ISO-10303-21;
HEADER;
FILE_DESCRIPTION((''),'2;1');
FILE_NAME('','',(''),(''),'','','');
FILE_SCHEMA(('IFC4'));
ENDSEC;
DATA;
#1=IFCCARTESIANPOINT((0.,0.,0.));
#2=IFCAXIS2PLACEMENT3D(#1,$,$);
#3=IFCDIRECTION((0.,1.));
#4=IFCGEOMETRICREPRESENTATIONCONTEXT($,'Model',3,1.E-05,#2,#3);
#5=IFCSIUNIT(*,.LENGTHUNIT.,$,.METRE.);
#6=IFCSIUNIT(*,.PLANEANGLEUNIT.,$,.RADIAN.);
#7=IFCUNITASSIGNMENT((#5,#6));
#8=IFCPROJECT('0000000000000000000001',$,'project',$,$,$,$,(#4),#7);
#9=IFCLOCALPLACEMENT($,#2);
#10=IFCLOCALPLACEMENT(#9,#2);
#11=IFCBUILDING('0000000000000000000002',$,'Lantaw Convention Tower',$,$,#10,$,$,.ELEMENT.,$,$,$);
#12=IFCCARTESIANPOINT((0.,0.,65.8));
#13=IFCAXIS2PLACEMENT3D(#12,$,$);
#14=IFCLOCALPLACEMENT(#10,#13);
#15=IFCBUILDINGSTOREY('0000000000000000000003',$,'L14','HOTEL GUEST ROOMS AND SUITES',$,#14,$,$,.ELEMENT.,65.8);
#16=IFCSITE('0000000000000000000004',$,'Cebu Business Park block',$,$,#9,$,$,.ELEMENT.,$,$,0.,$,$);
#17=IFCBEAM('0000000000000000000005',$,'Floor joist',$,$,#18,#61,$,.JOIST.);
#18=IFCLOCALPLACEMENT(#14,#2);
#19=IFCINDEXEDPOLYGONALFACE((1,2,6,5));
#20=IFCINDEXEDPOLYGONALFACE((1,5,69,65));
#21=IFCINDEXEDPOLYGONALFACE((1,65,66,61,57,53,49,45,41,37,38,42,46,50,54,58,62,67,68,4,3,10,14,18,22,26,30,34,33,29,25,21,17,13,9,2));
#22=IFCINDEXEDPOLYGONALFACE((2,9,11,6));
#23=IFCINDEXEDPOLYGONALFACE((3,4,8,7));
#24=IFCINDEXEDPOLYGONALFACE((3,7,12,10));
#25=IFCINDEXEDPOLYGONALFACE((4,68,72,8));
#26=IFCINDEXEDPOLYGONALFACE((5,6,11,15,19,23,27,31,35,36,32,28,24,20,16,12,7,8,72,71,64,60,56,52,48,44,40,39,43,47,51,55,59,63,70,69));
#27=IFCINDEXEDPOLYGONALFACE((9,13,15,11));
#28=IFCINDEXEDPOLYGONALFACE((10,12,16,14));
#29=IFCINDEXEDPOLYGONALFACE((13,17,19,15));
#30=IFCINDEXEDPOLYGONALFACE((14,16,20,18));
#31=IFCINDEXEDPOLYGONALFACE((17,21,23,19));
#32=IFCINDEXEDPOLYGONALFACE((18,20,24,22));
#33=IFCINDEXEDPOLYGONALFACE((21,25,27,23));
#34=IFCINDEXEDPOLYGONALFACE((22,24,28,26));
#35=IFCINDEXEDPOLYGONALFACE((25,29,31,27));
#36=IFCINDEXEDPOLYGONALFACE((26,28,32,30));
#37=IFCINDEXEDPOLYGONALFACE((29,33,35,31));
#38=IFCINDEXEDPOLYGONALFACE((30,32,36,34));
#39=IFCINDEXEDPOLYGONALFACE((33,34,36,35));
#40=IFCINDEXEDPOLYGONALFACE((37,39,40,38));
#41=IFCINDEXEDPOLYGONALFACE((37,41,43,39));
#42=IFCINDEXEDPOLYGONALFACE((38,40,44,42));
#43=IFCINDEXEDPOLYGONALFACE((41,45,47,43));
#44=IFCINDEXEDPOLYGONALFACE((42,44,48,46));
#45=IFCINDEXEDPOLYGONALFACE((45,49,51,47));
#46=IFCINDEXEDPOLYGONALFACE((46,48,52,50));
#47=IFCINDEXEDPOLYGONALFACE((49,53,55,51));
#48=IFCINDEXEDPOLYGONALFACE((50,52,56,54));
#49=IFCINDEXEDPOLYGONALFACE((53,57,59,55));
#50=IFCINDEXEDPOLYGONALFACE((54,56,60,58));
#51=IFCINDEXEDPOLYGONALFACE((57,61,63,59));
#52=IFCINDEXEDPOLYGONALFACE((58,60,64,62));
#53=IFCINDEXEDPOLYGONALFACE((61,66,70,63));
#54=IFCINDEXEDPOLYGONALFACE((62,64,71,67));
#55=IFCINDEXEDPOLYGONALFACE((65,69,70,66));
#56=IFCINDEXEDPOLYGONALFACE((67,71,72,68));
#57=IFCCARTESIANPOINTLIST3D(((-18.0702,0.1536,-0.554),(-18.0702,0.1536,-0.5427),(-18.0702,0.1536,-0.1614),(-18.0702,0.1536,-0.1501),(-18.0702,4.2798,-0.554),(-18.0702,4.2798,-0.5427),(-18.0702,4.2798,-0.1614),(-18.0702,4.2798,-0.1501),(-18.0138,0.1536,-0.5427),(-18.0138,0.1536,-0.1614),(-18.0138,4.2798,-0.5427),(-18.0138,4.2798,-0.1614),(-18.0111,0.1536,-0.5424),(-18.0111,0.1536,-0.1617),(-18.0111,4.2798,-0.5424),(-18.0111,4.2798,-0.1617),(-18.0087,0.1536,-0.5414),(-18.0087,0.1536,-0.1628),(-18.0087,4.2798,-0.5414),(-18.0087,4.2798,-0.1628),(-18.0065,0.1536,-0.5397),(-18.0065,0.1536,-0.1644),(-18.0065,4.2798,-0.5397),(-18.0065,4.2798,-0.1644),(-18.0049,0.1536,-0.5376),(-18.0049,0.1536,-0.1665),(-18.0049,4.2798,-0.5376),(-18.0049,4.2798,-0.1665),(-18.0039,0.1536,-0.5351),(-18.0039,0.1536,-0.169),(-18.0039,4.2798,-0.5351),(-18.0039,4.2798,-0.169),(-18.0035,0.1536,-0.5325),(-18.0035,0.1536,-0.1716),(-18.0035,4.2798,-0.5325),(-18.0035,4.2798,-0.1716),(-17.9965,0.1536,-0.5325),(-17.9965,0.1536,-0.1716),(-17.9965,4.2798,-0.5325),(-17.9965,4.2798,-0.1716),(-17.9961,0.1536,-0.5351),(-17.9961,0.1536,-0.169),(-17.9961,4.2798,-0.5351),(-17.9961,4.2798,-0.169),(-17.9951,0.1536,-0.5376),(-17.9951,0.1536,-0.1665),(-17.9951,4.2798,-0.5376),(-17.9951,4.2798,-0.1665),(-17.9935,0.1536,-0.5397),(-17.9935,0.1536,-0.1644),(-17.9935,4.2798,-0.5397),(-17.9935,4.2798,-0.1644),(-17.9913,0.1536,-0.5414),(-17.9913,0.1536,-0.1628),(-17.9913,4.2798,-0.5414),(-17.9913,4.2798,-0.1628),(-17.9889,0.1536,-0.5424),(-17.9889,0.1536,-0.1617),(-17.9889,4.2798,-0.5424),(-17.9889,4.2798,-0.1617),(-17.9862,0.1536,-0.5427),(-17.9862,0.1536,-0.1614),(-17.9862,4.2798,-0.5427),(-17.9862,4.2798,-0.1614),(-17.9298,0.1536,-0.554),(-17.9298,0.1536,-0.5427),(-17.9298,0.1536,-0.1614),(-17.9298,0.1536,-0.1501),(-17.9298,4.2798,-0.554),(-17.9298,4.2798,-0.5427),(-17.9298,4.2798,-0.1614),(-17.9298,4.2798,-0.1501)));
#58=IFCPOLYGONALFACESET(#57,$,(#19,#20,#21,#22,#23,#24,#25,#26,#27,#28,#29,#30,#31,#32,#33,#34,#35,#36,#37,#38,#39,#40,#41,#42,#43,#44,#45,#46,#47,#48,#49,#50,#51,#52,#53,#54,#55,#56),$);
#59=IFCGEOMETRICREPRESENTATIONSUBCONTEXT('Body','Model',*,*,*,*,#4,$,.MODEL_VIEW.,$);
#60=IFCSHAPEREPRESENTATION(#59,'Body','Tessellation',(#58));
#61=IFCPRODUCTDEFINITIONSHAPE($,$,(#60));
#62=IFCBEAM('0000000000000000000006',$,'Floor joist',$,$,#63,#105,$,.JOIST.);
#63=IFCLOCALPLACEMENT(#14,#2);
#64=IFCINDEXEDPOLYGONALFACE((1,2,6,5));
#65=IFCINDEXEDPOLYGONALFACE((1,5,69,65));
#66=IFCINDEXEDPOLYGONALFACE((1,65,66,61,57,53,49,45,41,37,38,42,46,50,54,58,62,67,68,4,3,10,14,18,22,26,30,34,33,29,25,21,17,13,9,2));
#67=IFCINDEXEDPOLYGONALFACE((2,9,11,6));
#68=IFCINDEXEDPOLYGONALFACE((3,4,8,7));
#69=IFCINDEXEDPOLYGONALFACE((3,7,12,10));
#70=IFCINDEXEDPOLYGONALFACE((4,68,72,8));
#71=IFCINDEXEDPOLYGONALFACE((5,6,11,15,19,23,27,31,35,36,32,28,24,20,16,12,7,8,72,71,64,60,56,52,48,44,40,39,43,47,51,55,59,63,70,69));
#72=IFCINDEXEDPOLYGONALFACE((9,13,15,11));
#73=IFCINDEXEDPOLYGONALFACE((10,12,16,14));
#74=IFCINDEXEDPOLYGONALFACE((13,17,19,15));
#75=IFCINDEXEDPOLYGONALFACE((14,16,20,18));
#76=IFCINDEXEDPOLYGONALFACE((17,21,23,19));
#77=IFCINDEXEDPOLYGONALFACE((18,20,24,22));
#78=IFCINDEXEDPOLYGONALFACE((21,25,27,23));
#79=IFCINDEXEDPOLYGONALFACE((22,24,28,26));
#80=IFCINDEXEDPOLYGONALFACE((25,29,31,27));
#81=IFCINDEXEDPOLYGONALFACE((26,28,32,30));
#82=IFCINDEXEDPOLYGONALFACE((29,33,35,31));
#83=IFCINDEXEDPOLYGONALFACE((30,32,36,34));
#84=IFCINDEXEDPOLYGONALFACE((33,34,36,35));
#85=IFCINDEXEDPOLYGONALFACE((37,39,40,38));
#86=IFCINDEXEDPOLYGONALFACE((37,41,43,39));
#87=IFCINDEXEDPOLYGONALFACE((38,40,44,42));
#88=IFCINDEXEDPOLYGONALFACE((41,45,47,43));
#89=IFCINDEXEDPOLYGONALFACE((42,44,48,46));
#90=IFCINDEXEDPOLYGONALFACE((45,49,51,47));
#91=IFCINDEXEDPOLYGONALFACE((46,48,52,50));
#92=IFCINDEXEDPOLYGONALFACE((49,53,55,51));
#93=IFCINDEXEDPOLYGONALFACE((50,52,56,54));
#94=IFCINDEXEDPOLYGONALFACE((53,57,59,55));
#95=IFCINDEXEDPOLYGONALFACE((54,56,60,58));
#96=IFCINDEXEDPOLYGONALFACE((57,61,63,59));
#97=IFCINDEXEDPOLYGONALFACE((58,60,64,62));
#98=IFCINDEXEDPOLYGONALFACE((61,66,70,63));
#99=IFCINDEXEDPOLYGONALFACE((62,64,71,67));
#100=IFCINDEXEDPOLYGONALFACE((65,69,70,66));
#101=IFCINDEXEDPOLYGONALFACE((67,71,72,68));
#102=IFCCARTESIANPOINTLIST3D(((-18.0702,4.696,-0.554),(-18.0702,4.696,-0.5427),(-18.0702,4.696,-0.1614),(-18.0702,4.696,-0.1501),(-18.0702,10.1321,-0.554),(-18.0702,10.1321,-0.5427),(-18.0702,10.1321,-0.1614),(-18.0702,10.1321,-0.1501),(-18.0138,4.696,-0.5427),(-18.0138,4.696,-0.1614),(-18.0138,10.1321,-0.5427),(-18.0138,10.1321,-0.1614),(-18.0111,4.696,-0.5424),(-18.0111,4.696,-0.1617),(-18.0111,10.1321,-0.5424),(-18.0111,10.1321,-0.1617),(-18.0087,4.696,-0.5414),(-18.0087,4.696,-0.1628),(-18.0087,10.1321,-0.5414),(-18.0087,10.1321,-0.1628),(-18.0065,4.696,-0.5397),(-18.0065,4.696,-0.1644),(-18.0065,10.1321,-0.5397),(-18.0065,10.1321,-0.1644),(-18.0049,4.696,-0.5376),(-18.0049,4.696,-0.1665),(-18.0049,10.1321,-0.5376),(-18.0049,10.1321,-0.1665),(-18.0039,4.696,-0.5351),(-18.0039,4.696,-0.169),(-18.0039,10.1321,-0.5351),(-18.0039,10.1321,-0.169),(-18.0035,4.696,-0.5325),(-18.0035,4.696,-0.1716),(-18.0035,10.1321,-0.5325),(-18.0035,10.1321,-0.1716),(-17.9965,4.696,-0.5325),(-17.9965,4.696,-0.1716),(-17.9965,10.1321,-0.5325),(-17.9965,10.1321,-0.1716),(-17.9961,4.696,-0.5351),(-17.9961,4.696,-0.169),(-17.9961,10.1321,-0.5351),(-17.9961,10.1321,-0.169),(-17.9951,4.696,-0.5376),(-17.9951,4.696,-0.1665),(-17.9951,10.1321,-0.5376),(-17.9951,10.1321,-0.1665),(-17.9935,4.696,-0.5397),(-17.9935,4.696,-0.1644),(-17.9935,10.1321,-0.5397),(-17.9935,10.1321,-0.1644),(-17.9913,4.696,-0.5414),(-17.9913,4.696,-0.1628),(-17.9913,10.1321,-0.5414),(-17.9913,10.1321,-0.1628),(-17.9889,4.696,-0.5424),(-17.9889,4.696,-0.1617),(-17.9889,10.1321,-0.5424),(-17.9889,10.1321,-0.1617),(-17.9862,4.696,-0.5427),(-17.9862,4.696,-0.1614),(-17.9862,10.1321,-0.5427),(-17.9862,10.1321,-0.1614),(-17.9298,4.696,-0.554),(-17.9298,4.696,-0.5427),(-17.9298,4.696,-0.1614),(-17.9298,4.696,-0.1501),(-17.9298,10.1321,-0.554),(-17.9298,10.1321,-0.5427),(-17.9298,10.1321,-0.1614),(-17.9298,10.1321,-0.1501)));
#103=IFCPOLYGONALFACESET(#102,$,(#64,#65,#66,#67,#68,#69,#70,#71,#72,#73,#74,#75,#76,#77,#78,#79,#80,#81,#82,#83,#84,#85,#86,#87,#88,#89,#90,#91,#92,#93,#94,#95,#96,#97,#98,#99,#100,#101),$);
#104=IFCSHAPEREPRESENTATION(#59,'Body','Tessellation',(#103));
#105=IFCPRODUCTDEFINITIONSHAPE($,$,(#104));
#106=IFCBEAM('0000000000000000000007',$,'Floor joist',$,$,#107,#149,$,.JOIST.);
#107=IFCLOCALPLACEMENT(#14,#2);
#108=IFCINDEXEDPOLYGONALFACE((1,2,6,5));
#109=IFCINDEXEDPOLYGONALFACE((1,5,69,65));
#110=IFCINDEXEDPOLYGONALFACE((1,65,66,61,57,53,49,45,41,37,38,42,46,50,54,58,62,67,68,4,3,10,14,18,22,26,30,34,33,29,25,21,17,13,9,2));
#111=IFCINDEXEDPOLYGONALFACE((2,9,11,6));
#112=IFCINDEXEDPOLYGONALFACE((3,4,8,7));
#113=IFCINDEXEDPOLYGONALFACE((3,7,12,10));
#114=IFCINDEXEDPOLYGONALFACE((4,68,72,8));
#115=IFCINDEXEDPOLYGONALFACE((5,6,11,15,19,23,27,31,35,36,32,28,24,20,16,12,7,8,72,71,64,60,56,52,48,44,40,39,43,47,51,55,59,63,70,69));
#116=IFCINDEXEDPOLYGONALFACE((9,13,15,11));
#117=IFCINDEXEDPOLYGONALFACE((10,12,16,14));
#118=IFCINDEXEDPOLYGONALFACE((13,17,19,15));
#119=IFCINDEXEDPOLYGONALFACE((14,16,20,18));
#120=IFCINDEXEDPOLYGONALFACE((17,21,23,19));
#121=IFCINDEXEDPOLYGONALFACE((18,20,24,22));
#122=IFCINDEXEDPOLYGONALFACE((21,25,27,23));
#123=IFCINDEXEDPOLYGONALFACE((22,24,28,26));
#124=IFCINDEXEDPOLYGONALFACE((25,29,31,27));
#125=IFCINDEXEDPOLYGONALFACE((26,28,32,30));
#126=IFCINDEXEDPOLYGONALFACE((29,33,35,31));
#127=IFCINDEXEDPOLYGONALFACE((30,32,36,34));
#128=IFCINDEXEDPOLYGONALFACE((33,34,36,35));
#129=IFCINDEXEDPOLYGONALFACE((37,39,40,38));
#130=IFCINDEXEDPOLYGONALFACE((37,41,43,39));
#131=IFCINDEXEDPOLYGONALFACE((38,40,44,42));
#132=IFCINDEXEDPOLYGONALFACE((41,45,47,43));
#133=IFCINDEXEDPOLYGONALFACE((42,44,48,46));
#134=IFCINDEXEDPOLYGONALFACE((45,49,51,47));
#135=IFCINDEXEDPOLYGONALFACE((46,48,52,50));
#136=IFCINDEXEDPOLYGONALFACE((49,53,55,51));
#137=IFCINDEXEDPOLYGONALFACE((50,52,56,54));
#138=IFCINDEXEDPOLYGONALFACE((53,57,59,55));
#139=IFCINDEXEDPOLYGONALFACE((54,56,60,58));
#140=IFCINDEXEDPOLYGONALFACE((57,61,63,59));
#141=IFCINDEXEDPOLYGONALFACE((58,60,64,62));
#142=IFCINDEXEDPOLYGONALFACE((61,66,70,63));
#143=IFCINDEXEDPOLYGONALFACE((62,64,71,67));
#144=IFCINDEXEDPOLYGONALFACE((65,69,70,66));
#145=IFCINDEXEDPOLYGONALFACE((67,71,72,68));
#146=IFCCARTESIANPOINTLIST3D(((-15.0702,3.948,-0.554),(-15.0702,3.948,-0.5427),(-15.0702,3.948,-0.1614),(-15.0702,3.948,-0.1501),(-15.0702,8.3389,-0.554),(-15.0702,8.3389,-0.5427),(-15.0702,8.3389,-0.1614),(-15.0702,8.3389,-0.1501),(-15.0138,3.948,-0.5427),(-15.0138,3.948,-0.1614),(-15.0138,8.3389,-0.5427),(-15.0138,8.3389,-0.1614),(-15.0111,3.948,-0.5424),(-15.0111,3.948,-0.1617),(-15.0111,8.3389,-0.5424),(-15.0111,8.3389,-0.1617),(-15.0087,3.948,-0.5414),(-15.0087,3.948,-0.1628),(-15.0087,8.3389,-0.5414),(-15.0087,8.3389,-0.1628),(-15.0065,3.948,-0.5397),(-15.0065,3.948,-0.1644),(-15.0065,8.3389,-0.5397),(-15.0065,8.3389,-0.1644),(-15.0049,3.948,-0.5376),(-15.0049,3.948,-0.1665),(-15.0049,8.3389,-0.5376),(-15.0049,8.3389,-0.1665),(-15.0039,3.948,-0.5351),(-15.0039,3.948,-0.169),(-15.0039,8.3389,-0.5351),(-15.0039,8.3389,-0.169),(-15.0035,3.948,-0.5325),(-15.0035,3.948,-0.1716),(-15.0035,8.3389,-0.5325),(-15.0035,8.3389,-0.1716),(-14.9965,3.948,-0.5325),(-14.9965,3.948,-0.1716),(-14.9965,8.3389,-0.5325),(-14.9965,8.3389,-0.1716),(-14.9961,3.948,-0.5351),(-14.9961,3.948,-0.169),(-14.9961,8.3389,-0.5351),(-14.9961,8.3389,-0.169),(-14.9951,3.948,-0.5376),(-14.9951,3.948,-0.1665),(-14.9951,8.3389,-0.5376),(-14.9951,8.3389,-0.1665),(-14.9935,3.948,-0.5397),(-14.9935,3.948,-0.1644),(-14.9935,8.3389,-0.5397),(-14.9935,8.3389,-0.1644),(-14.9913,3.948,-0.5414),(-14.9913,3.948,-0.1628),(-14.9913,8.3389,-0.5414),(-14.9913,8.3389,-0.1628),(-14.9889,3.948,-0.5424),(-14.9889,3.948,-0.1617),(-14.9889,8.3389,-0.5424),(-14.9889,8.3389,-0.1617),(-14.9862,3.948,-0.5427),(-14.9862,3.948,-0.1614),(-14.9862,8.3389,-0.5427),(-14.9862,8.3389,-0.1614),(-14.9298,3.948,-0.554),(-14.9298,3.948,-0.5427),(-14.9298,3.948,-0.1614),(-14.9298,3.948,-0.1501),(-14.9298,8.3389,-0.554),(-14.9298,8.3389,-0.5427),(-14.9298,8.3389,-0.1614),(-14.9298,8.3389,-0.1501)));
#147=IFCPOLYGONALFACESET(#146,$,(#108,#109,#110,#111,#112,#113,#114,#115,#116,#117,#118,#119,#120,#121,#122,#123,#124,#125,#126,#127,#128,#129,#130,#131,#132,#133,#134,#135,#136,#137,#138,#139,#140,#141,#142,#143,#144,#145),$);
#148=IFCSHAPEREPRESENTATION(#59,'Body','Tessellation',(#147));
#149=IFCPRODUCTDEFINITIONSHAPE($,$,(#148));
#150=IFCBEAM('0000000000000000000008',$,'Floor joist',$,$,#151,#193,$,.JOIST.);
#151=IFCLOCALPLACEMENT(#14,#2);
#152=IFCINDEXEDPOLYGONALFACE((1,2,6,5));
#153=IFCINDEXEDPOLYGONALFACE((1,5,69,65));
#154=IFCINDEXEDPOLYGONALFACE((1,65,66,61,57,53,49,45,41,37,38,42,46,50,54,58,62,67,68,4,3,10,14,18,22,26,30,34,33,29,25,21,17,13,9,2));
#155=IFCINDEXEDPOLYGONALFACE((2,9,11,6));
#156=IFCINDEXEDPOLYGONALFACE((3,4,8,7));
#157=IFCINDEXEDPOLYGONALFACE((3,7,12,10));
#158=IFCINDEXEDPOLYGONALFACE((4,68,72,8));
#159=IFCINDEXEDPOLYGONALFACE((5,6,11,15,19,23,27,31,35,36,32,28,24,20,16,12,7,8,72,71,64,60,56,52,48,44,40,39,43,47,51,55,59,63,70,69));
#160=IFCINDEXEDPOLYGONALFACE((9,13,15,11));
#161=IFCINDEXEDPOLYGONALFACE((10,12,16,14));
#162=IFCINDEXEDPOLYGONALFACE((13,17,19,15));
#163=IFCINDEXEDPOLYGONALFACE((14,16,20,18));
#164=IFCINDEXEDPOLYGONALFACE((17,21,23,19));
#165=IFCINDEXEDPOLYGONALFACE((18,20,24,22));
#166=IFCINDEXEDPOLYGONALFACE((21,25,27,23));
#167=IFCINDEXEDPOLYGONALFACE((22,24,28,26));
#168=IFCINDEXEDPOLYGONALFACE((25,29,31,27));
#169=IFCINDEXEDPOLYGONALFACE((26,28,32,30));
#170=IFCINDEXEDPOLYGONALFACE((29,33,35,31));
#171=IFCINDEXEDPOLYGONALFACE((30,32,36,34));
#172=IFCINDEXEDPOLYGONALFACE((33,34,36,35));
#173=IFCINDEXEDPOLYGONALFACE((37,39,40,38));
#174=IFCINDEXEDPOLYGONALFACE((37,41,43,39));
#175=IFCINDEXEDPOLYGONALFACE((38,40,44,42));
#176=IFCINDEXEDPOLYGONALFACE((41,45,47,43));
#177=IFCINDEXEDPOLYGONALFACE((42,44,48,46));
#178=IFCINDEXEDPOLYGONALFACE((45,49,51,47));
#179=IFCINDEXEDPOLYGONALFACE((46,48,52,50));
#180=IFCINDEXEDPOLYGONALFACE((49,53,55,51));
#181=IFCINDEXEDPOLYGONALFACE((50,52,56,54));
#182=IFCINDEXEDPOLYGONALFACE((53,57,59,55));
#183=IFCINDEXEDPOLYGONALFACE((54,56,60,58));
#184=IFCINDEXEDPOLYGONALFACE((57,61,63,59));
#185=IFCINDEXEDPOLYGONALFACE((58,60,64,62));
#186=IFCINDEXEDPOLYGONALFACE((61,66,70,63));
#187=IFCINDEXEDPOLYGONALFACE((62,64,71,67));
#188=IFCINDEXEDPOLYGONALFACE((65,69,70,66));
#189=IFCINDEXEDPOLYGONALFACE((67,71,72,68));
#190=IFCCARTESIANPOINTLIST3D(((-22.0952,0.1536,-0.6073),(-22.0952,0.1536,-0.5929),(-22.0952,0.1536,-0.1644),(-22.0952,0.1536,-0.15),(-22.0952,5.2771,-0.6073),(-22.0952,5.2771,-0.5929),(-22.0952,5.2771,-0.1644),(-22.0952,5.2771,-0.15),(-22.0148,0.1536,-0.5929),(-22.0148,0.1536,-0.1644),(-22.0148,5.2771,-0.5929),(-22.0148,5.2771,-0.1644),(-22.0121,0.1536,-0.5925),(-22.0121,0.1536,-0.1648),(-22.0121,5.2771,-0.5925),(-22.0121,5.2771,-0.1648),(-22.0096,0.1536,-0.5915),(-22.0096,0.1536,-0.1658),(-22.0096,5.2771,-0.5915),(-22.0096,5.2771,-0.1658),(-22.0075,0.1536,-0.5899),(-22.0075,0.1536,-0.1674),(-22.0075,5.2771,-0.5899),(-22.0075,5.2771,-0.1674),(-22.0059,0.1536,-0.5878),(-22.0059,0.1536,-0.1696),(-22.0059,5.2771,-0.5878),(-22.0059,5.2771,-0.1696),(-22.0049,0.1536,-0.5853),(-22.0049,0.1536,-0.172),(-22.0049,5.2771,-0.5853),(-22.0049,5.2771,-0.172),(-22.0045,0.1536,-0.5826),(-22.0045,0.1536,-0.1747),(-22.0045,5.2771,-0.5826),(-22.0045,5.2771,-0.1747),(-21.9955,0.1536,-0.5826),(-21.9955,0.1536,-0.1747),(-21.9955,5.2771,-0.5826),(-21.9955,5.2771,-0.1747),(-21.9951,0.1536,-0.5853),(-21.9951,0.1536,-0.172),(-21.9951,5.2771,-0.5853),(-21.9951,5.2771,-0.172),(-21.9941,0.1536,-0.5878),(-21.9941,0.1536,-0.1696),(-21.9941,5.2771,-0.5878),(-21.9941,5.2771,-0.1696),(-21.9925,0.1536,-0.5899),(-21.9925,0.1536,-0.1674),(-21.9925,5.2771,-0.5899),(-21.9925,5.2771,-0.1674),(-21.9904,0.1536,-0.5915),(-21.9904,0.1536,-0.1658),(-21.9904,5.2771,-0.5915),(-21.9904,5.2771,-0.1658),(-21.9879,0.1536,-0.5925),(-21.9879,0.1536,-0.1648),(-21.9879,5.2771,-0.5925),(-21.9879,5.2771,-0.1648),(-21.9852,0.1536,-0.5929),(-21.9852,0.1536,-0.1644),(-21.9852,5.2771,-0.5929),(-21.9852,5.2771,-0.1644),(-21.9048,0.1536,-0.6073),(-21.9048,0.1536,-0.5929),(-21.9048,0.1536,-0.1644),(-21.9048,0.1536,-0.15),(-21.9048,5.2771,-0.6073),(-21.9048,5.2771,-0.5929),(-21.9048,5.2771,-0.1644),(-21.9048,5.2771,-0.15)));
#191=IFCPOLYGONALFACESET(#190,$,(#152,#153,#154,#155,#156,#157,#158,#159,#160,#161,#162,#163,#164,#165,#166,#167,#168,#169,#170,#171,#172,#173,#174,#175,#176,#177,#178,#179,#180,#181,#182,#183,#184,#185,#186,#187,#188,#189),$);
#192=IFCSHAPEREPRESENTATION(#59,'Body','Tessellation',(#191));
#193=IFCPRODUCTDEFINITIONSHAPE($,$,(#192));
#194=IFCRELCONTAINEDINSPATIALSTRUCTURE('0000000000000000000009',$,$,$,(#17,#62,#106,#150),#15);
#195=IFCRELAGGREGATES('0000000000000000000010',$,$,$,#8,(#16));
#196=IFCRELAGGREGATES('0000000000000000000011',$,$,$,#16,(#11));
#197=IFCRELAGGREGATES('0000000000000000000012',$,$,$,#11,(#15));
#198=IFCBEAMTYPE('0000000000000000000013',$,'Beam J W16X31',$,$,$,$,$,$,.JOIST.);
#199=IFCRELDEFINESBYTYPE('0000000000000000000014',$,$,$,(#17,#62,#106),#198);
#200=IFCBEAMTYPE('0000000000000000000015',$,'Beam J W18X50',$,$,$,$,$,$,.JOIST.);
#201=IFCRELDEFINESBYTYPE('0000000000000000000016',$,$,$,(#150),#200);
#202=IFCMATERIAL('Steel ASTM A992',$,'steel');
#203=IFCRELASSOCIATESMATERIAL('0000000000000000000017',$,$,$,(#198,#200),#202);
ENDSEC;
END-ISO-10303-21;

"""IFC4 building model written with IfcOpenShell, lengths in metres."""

from ifc_helpers import new_model, si_unit, direction, frame, origin, origin_2d, place, context, subcontext, project, spatial, i_section, extrude, material, material_profile, profile_set, type_object, element, save


model = new_model("IFC4")

# Units and contexts
model_context = context("Model", 3, precision=1e-05, world=origin(), true_north=direction((0.0, 1.0)))
body_context = subcontext(model_context, "Body", "Model", "MODEL_VIEW")
ifc_project = project(units=[si_unit("LENGTHUNIT", "METRE"), si_unit("PLANEANGLEUNIT", "RADIAN")], contexts=[model_context])

# Site, building, storey
site_placement = place(None, origin())
site = spatial("IfcSite", under=ifc_project, at=site_placement, Name="Cebu Business Park block", CompositionType="ELEMENT", RefElevation=0.0)
building_placement = place(site_placement, origin())
building = spatial("IfcBuilding", under=site, at=building_placement, Name="Lantaw Convention Tower", CompositionType="ELEMENT")
storey_placement = place(building_placement, frame((0.0, 0.0, 65.8)))
storey = spatial("IfcBuildingStorey", under=building, at=storey_placement, Name="L14", Description="HOTEL GUEST ROOMS AND SUITES", CompositionType="ELEMENT", Elevation=65.8)

# Beams
ifc_material_1 = material(Name="Steel ASTM A992", Category="steel")
ifc_material_profile_1 = material_profile(ifc_material_1, i_section(OverallWidth=0.1404, OverallDepth=0.4038, WebThickness=0.0071, FlangeThickness=0.0112, FilletRadius=0.0103, at=origin_2d()), Name="W16X31")
ifc_profile_set_1 = profile_set([ifc_material_profile_1], Name="Steel ASTM A992")
beam_type_1 = type_object("IfcBeamType", Name="Beam J W16X31", PredefinedType="JOIST", material=ifc_profile_set_1)
beam_1_placement = place(storey_placement, frame((-18.0, 0.1536, -0.3521), z_axis=(0.0, 1.0, 0.0), x_axis=(-1.0, 0.0, 0.0)))
element("IfcBeam", 1, at=beam_1_placement, inside=storey, type_object=beam_type_1, Name="Floor joist", PredefinedType="JOIST", context=body_context, shape_type="SweptSolid", body=[
    extrude(i_section(OverallWidth=0.1404, OverallDepth=0.4038, WebThickness=0.0071, FlangeThickness=0.0112, FilletRadius=0.0103, at=origin_2d()), origin(), (0.0, 0.0, 1.0), 4.1262),
])
beam_2_placement = place(storey_placement, frame((-18.0, 4.696, -0.3521), z_axis=(0.0, 1.0, 0.0), x_axis=(-1.0, 0.0, 0.0)))
element("IfcBeam", 2, at=beam_2_placement, inside=storey, type_object=beam_type_1, Name="Floor joist", PredefinedType="JOIST", context=body_context, shape_type="SweptSolid", body=[
    extrude(i_section(OverallWidth=0.1404, OverallDepth=0.4038, WebThickness=0.0071, FlangeThickness=0.0112, FilletRadius=0.0103, at=origin_2d()), origin(), (0.0, 0.0, 1.0), 5.436),
])
beam_3_placement = place(storey_placement, frame((-15.0, 3.948, -0.3521), z_axis=(0.0, 1.0, 0.0), x_axis=(-1.0, 0.0, 0.0)))
element("IfcBeam", 3, at=beam_3_placement, inside=storey, type_object=beam_type_1, Name="Floor joist", PredefinedType="JOIST", context=body_context, shape_type="SweptSolid", body=[
    extrude(i_section(OverallWidth=0.1404, OverallDepth=0.4038, WebThickness=0.0071, FlangeThickness=0.0112, FilletRadius=0.0103, at=origin_2d()), origin(), (0.0, 0.0, 1.0), 4.3909),
])
ifc_material_profile_2 = material_profile(ifc_material_1, i_section(OverallWidth=0.1904, OverallDepth=0.4573, WebThickness=0.009, FlangeThickness=0.0144, FilletRadius=0.0103, at=origin_2d()), Name="W18X50")
ifc_profile_set_2 = profile_set([ifc_material_profile_2], Name="Steel ASTM A992")
beam_type_2 = type_object("IfcBeamType", Name="Beam J W18X50", PredefinedType="JOIST", material=ifc_profile_set_2)
beam_4_placement = place(storey_placement, frame((-22.0, 0.1536, -0.3787), z_axis=(0.0, 1.0, 0.0), x_axis=(-1.0, 0.0, 0.0)))
element("IfcBeam", 4, at=beam_4_placement, inside=storey, type_object=beam_type_2, Name="Floor joist", PredefinedType="JOIST", context=body_context, shape_type="SweptSolid", body=[
    extrude(i_section(OverallWidth=0.1904, OverallDepth=0.4573, WebThickness=0.009, FlangeThickness=0.0144, FilletRadius=0.0103, at=origin_2d()), origin(), (0.0, 0.0, 1.0), 5.1235),
])

save(model, "model.ifc")
